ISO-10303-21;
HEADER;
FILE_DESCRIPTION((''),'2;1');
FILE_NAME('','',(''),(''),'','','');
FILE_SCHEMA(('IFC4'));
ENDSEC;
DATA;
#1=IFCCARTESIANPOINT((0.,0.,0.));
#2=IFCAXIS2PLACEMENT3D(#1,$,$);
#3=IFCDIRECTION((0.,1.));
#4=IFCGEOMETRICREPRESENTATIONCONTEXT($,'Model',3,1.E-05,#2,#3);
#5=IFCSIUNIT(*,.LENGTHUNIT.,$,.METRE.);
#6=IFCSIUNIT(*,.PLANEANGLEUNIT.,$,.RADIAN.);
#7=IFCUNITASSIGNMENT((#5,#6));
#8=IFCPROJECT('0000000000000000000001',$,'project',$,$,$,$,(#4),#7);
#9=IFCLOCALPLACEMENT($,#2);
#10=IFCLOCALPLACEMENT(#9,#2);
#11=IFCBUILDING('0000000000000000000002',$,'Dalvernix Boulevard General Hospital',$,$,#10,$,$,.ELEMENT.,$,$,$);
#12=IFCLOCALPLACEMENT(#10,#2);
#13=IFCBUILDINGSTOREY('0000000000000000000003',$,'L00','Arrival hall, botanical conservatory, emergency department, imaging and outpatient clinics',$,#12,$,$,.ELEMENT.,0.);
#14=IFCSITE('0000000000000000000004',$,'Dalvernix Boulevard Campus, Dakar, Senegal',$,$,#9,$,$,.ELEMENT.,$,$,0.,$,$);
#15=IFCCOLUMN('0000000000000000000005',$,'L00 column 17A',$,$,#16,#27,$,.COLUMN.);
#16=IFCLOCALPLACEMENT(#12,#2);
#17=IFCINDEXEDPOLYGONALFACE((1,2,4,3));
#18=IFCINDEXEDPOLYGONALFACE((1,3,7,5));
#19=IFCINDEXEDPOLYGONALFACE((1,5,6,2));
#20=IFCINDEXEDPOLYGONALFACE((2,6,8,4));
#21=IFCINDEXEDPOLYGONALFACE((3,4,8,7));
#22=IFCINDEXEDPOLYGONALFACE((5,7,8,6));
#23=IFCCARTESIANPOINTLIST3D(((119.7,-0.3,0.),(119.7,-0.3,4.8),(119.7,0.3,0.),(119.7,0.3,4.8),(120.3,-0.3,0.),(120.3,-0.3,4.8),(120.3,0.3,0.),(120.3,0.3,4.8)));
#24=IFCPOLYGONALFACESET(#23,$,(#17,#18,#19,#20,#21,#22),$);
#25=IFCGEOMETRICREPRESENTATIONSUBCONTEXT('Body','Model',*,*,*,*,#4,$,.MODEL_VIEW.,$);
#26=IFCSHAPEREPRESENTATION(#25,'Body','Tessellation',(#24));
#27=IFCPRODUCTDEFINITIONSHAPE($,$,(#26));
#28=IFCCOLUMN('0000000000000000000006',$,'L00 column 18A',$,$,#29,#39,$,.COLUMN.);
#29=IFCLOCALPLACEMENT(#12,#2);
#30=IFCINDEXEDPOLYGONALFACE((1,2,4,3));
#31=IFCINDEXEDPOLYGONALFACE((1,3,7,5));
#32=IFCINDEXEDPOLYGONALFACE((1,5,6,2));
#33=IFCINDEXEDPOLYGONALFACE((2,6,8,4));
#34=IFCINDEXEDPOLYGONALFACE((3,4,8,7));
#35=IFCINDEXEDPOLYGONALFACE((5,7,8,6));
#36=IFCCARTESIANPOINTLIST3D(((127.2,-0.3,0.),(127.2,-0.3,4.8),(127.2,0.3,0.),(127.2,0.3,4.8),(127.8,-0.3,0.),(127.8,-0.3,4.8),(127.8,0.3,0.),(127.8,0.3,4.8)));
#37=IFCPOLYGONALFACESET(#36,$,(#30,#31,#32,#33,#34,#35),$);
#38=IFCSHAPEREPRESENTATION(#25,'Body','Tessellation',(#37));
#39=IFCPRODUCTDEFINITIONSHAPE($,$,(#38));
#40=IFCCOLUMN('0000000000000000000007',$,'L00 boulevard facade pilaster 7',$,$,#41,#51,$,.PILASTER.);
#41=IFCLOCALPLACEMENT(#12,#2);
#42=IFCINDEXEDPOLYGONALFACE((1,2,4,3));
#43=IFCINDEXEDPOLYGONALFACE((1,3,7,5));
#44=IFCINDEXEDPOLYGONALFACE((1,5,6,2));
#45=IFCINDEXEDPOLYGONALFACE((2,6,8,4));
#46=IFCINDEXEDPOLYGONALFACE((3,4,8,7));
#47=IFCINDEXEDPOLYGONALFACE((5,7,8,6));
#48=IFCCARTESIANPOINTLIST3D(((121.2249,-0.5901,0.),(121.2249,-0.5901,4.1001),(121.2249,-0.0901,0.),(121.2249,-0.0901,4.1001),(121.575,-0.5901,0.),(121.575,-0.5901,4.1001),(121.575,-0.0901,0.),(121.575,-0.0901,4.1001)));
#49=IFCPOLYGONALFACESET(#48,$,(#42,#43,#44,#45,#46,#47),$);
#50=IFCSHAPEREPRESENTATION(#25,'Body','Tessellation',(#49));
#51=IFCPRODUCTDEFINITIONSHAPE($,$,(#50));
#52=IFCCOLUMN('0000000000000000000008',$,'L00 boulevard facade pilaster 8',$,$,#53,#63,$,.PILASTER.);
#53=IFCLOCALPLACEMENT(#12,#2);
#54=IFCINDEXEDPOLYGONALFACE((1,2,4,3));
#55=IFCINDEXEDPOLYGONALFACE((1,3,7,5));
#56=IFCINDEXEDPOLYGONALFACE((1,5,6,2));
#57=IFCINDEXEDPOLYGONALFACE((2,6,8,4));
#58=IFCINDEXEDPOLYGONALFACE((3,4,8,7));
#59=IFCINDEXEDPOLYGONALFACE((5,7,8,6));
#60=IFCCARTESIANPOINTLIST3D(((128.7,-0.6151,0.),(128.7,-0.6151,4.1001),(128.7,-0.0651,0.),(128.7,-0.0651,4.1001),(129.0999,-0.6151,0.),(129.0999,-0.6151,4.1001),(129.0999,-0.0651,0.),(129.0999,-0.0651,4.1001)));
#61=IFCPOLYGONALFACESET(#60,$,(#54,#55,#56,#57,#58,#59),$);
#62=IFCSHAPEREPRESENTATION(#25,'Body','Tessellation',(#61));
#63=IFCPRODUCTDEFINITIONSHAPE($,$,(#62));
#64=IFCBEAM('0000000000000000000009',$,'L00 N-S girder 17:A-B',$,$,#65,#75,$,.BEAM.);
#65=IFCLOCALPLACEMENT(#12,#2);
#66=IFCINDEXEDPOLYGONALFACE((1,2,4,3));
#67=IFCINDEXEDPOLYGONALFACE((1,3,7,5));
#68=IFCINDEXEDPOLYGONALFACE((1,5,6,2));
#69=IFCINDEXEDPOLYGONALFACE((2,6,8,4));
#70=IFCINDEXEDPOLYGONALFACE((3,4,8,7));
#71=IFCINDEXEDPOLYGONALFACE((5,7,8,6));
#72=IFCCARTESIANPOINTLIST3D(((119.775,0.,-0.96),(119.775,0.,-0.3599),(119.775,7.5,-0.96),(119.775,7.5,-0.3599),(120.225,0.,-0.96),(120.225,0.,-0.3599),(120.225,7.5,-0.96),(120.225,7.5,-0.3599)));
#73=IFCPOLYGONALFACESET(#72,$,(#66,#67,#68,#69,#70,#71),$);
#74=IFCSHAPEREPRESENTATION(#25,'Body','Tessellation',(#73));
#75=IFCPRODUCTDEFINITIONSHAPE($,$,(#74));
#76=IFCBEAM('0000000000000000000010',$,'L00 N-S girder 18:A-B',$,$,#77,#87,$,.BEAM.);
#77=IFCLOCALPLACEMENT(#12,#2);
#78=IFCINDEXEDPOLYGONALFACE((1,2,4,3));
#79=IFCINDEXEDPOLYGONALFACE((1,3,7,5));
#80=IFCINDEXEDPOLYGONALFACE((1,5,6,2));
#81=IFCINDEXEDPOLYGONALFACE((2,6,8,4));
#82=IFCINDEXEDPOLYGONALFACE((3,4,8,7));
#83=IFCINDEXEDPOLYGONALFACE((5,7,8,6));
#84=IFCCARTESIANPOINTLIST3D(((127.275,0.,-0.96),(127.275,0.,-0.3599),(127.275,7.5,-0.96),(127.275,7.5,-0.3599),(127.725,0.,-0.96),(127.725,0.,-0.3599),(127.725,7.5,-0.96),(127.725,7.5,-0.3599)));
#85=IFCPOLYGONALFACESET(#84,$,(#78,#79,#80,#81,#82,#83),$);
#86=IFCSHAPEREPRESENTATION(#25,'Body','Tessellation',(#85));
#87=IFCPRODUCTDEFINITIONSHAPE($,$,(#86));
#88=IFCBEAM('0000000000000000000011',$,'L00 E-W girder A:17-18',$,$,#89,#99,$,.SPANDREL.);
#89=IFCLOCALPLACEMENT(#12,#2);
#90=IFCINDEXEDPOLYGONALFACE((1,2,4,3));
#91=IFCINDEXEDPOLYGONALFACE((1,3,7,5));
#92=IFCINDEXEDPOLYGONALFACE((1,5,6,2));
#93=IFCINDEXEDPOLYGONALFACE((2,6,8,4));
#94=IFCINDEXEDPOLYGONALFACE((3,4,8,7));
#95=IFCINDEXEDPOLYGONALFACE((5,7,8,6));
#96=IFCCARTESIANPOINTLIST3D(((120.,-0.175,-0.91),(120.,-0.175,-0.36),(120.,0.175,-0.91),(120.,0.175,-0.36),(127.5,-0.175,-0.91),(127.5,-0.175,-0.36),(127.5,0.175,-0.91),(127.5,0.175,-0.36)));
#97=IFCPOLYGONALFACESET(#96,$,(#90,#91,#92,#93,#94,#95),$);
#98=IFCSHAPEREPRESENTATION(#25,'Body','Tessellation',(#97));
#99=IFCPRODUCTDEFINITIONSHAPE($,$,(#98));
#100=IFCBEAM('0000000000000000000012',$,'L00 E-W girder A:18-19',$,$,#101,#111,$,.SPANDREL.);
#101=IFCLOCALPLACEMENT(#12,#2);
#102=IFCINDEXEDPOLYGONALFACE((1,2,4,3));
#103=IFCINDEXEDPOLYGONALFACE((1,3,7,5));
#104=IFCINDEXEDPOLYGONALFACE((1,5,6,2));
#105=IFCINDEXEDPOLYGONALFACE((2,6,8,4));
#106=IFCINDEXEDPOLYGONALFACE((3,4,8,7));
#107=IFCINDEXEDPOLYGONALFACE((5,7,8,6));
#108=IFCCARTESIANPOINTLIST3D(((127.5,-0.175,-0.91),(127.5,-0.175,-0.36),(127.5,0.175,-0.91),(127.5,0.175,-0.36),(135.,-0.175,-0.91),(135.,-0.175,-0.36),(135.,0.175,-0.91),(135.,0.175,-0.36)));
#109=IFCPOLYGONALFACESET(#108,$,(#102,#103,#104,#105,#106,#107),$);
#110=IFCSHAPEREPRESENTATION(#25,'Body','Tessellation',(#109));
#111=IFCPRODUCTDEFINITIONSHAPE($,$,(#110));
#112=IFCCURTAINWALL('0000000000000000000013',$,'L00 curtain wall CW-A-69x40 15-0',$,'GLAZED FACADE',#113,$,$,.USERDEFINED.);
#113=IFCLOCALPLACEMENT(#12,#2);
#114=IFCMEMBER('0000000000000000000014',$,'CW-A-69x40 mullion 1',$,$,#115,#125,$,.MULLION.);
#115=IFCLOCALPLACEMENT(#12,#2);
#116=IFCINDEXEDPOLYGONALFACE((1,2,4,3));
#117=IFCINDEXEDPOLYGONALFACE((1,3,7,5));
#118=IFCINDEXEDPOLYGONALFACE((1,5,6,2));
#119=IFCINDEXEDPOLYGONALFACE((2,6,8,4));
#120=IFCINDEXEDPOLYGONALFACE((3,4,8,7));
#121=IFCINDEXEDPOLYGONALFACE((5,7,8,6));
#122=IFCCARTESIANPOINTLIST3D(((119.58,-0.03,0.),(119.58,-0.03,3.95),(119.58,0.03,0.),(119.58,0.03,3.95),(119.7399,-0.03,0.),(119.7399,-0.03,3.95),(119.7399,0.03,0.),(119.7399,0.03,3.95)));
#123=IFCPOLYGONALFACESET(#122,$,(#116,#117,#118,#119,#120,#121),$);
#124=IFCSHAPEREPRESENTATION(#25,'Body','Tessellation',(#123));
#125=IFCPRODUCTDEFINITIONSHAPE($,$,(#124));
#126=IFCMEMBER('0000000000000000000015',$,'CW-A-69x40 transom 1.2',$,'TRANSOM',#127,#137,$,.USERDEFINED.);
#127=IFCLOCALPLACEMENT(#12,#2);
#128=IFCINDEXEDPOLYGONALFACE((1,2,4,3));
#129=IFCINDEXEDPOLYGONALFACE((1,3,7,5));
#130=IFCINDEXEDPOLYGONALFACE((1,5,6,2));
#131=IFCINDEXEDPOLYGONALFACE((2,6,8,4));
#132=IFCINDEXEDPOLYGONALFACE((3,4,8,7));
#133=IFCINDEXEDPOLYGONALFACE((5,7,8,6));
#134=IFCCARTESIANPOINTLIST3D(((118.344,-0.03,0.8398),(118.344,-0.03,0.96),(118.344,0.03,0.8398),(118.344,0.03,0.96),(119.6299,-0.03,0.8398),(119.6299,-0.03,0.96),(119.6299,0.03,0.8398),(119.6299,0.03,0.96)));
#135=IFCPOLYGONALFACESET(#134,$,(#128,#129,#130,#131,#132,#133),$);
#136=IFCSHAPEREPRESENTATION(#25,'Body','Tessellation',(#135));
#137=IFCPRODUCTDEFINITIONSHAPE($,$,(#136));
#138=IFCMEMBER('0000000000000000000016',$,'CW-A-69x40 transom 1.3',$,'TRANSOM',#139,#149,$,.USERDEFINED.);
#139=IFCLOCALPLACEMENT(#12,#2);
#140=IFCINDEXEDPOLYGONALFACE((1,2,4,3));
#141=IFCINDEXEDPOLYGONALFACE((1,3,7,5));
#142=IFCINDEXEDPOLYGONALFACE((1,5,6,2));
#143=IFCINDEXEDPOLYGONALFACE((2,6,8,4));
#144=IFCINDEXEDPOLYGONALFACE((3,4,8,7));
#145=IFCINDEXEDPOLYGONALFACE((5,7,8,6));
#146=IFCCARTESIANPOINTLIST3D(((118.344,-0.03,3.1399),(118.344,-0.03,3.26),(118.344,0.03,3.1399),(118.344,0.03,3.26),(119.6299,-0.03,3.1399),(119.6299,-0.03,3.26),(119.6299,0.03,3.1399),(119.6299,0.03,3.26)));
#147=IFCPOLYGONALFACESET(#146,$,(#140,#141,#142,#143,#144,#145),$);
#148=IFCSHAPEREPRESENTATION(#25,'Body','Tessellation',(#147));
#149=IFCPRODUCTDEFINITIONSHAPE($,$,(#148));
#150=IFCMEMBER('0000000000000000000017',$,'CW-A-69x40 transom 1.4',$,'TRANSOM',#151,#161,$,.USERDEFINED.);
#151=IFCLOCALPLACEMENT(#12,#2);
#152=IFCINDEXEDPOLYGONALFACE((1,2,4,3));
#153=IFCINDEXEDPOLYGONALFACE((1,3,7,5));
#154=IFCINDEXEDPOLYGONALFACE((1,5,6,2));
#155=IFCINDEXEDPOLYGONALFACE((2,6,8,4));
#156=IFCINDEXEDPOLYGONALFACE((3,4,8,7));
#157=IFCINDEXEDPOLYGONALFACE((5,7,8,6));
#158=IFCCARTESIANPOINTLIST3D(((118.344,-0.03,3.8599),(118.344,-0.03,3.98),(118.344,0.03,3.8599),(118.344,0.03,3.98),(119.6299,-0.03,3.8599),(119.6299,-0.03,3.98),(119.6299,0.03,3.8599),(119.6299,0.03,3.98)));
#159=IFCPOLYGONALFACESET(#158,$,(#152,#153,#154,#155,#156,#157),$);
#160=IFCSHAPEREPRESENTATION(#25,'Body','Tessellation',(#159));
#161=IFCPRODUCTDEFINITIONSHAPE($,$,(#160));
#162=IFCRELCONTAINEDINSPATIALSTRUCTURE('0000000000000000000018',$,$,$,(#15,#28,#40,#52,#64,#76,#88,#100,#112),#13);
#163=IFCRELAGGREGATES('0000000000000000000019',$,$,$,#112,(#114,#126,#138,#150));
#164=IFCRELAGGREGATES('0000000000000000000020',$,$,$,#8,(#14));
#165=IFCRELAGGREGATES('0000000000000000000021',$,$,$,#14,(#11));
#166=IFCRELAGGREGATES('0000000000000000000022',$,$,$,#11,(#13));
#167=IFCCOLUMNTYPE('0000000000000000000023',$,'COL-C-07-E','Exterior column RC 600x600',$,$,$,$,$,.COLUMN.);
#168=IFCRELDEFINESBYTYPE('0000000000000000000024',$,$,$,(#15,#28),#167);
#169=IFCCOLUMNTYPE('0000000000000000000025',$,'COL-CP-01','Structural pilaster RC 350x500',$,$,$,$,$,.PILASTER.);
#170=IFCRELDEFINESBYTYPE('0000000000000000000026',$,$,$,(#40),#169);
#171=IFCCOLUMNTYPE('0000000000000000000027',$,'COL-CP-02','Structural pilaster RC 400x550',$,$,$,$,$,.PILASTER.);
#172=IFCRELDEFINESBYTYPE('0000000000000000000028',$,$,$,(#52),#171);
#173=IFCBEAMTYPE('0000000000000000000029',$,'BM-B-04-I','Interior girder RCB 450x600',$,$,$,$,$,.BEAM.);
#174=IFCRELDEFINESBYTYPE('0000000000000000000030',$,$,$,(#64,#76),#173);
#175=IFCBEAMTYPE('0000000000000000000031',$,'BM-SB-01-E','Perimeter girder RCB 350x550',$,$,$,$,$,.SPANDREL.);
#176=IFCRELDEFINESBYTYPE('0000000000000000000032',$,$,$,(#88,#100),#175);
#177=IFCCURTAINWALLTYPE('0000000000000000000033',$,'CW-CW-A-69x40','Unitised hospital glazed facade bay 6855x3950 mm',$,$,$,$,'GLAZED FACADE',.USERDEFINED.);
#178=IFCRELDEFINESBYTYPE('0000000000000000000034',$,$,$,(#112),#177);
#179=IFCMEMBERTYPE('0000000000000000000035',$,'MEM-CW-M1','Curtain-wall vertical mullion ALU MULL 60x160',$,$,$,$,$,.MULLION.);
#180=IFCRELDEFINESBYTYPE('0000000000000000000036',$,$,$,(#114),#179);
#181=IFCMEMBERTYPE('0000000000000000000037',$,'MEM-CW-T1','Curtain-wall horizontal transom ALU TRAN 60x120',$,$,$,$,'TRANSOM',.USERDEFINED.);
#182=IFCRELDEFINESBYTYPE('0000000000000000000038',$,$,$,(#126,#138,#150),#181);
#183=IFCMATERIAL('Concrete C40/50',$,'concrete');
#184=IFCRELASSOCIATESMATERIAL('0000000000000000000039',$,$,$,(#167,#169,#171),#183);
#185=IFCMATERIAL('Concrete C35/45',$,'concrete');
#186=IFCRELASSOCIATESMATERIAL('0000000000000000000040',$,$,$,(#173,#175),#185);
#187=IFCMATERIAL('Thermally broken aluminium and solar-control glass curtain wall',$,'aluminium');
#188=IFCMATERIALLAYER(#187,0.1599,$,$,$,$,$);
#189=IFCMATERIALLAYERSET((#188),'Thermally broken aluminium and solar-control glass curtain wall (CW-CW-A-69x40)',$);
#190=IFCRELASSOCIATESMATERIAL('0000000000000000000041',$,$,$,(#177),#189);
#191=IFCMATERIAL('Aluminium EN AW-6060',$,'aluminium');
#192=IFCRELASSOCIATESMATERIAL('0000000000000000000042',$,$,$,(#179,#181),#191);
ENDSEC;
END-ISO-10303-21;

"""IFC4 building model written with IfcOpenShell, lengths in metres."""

from ifc_helpers import new_model, si_unit, direction, frame, origin, origin_2d, place, context, subcontext, project, spatial, rectangle, extrude, material, layer, layer_set, material_profile, profile_set, type_object, element, aggregate, save


model = new_model("IFC4")

# Units and contexts
model_context = context("Model", 3, precision=1e-05, world=origin(), true_north=direction((0.0, 1.0)))
body_context = subcontext(model_context, "Body", "Model", "MODEL_VIEW")
ifc_project = project(units=[si_unit("LENGTHUNIT", "METRE"), si_unit("PLANEANGLEUNIT", "RADIAN")], contexts=[model_context])

# Site, building, storey
site_placement = place(None, origin())
site = spatial("IfcSite", under=ifc_project, at=site_placement, Name="Dalvernix Boulevard Campus, Dakar, Senegal", CompositionType="ELEMENT", RefElevation=0.0)
building_placement = place(site_placement, origin())
building = spatial("IfcBuilding", under=site, at=building_placement, Name="Dalvernix Boulevard General Hospital", CompositionType="ELEMENT")
storey_placement = place(building_placement, origin())
storey = spatial("IfcBuildingStorey", under=building, at=storey_placement, Name="L00", Description="Arrival hall, botanical conservatory, emergency department, imaging and outpatient clinics", CompositionType="ELEMENT", Elevation=0.0)

# Columns
ifc_material_1 = material(Name="Concrete C40/50", Category="concrete")
ifc_material_profile_1 = material_profile(ifc_material_1, rectangle(XDim=0.6001, YDim=0.6001, at=origin_2d()), Name="RC 600x600")
ifc_profile_set_1 = profile_set([ifc_material_profile_1], Name="Concrete C40/50")
column_type_1 = type_object("IfcColumnType", Name="COL-C-07-E", Description="Exterior column RC 600x600", PredefinedType="COLUMN", material=ifc_profile_set_1)
for number, where, z_axis, x_axis, name in (
    (1, (120.0, 0.0, 0.0), (0.0, 0.0, 1.0), (1.0, 0.0, 0.0), "L00 column 17A"),
    (2, (127.5, 0.0, 0.0), (0.0, 0.0, 1.0), (1.0, 0.0, 0.0), "L00 column 18A"),
):
    element("IfcColumn", number, at=place(storey_placement, frame(where, z_axis=z_axis, x_axis=x_axis)), inside=storey, type_object=column_type_1, Name=name, PredefinedType="COLUMN", context=body_context, shape_type="SweptSolid", body=[
        extrude(rectangle(XDim=0.6001, YDim=0.6001, at=origin_2d()), origin(), (0.0, 0.0, 1.0), 4.8),
    ])
ifc_material_profile_2 = material_profile(ifc_material_1, rectangle(XDim=0.3501, YDim=0.5, at=origin_2d()), Name="RC 350x500")
ifc_profile_set_2 = profile_set([ifc_material_profile_2], Name="Concrete C40/50")
column_type_2 = type_object("IfcColumnType", Name="COL-CP-01", Description="Structural pilaster RC 350x500", PredefinedType="PILASTER", material=ifc_profile_set_2)
column_1_placement = place(storey_placement, frame((121.3999, -0.3401, 0.0), z_axis=(0.0, 0.0, 1.0), x_axis=(1.0, 0.0, 0.0)))
element("IfcColumn", 3, at=column_1_placement, inside=storey, type_object=column_type_2, Name="L00 boulevard facade pilaster 7", PredefinedType="PILASTER", context=body_context, shape_type="SweptSolid", body=[
    extrude(rectangle(XDim=0.3501, YDim=0.5, at=origin_2d()), origin(), (0.0, 0.0, 1.0), 4.1001),
])
ifc_material_profile_3 = material_profile(ifc_material_1, rectangle(XDim=0.3999, YDim=0.55, at=origin_2d()), Name="RC 400x550")
ifc_profile_set_3 = profile_set([ifc_material_profile_3], Name="Concrete C40/50")
column_type_3 = type_object("IfcColumnType", Name="COL-CP-02", Description="Structural pilaster RC 400x550", PredefinedType="PILASTER", material=ifc_profile_set_3)
column_2_placement = place(storey_placement, frame((128.8999, -0.3401, 0.0), z_axis=(0.0, 0.0, 1.0), x_axis=(1.0, 0.0, 0.0)))
element("IfcColumn", 4, at=column_2_placement, inside=storey, type_object=column_type_3, Name="L00 boulevard facade pilaster 8", PredefinedType="PILASTER", context=body_context, shape_type="SweptSolid", body=[
    extrude(rectangle(XDim=0.3999, YDim=0.55, at=origin_2d()), origin(), (0.0, 0.0, 1.0), 4.1001),
])

# Beams
ifc_material_2 = material(Name="Concrete C35/45", Category="concrete")
ifc_material_profile_4 = material_profile(ifc_material_2, rectangle(XDim=0.45, YDim=0.6001, at=origin_2d()), Name="RCB 450x600")
ifc_profile_set_4 = profile_set([ifc_material_profile_4], Name="Concrete C35/45")
beam_type_1 = type_object("IfcBeamType", Name="BM-B-04-I", Description="Interior girder RCB 450x600", PredefinedType="BEAM", material=ifc_profile_set_4)
for number, where, z_axis, x_axis, name in (
    (5, (120.0, 0.0, -0.6599), (0.0, 1.0, 0.0), (-1.0, 0.0, 0.0), "L00 N-S girder 17:A-B"),
    (6, (127.5, 0.0, -0.6599), (0.0, 1.0, 0.0), (-1.0, 0.0, 0.0), "L00 N-S girder 18:A-B"),
):
    element("IfcBeam", number, at=place(storey_placement, frame(where, z_axis=z_axis, x_axis=x_axis)), inside=storey, type_object=beam_type_1, Name=name, PredefinedType="BEAM", context=body_context, shape_type="SweptSolid", body=[
        extrude(rectangle(XDim=0.45, YDim=0.6001, at=origin_2d()), origin(), (0.0, 0.0, 1.0), 7.5),
    ])
ifc_material_profile_5 = material_profile(ifc_material_2, rectangle(XDim=0.3501, YDim=0.55, at=origin_2d()), Name="RCB 350x550")
ifc_profile_set_5 = profile_set([ifc_material_profile_5], Name="Concrete C35/45")
beam_type_2 = type_object("IfcBeamType", Name="BM-SB-01-E", Description="Perimeter girder RCB 350x550", PredefinedType="SPANDREL", material=ifc_profile_set_5)
for number, where, z_axis, x_axis, name in (
    (7, (120.0, 0.0, -0.635), (1.0, 0.0, 0.0), (0.0, 1.0, 0.0), "L00 E-W girder A:17-18"),
    (8, (127.5, 0.0, -0.635), (1.0, 0.0, 0.0), (0.0, 1.0, 0.0), "L00 E-W girder A:18-19"),
):
    element("IfcBeam", number, at=place(storey_placement, frame(where, z_axis=z_axis, x_axis=x_axis)), inside=storey, type_object=beam_type_2, Name=name, PredefinedType="SPANDREL", context=body_context, shape_type="SweptSolid", body=[
        extrude(rectangle(XDim=0.3501, YDim=0.55, at=origin_2d()), origin(), (0.0, 0.0, 1.0), 7.5),
    ])

# Curtain wall, members
ifc_material_3 = material(Name="Thermally broken aluminium and solar-control glass curtain wall", Category="aluminium")
ifc_layer_1 = layer(ifc_material_3, 0.1599)
ifc_layer_set_1 = layer_set([ifc_layer_1], Name="Thermally broken aluminium and solar-control glass curtain wall (CW-CW-A-69x40)")
curtain_wall_type = type_object("IfcCurtainWallType", Name="CW-CW-A-69x40", Description="Unitised hospital glazed facade bay 6855x3950 mm", ElementType="GLAZED FACADE", PredefinedType="USERDEFINED", material=ifc_layer_set_1)
curtain_wall_placement = place(storey_placement, origin())
curtain_wall = element("IfcCurtainWall", 9, at=curtain_wall_placement, inside=storey, type_object=curtain_wall_type, Name="L00 curtain wall CW-A-69x40 15-0", ObjectType="GLAZED FACADE", PredefinedType="USERDEFINED")
ifc_material_4 = material(Name="Aluminium EN AW-6060", Category="aluminium")
ifc_material_profile_6 = material_profile(ifc_material_4, rectangle(XDim=0.0601, YDim=0.1599, at=origin_2d()), Name="ALU MULL 60x160")
ifc_profile_set_6 = profile_set([ifc_material_profile_6], Name="Aluminium EN AW-6060")
member_type_1 = type_object("IfcMemberType", Name="MEM-CW-M1", Description="Curtain-wall vertical mullion ALU MULL 60x160", PredefinedType="MULLION", material=ifc_profile_set_6)
member_1_placement = place(storey_placement, frame((119.6599, 0.0, 0.0), z_axis=(0.0, 0.0, 1.0), x_axis=(0.0, -1.0, 0.0)))
member_1 = element("IfcMember", 10, at=member_1_placement, type_object=member_type_1, Name="CW-A-69x40 mullion 1", PredefinedType="MULLION", context=body_context, shape_type="SweptSolid", body=[
    extrude(rectangle(XDim=0.0601, YDim=0.1599, at=origin_2d()), origin(), (0.0, 0.0, 1.0), 3.95),
])
ifc_material_profile_7 = material_profile(ifc_material_4, rectangle(XDim=0.0601, YDim=0.1201, at=origin_2d()), Name="ALU TRAN 60x120")
ifc_profile_set_7 = profile_set([ifc_material_profile_7], Name="Aluminium EN AW-6060")
member_type_2 = type_object("IfcMemberType", Name="MEM-CW-T1", Description="Curtain-wall horizontal transom ALU TRAN 60x120", ElementType="TRANSOM", PredefinedType="USERDEFINED", material=ifc_profile_set_7)
member_2_placement = place(storey_placement, frame((119.6299, 0.0, 0.8999), z_axis=(-1.0, 0.0, 0.0), x_axis=(0.0, -1.0, 0.0)))
member_2 = element("IfcMember", 11, at=member_2_placement, type_object=member_type_2, Name="CW-A-69x40 transom 1.2", ObjectType="TRANSOM", PredefinedType="USERDEFINED", context=body_context, shape_type="SweptSolid", body=[
    extrude(rectangle(XDim=0.0601, YDim=0.1201, at=origin_2d()), origin(), (0.0, 0.0, 1.0), 1.2859),
])
member_3_placement = place(storey_placement, frame((119.6299, 0.0, 3.2), z_axis=(-1.0, 0.0, 0.0), x_axis=(0.0, -1.0, 0.0)))
member_3 = element("IfcMember", 12, at=member_3_placement, type_object=member_type_2, Name="CW-A-69x40 transom 1.3", ObjectType="TRANSOM", PredefinedType="USERDEFINED", context=body_context, shape_type="SweptSolid", body=[
    extrude(rectangle(XDim=0.0601, YDim=0.1201, at=origin_2d()), origin(), (0.0, 0.0, 1.0), 1.2859),
])
member_4_placement = place(storey_placement, frame((119.6299, 0.0, 3.9199), z_axis=(-1.0, 0.0, 0.0), x_axis=(0.0, -1.0, 0.0)))
member_4 = element("IfcMember", 13, at=member_4_placement, type_object=member_type_2, Name="CW-A-69x40 transom 1.4", ObjectType="TRANSOM", PredefinedType="USERDEFINED", context=body_context, shape_type="SweptSolid", body=[
    extrude(rectangle(XDim=0.0601, YDim=0.1201, at=origin_2d()), origin(), (0.0, 0.0, 1.0), 1.2859),
])
aggregate(curtain_wall, [member_1, member_2, member_3, member_4])

save(model, "model.ifc")
